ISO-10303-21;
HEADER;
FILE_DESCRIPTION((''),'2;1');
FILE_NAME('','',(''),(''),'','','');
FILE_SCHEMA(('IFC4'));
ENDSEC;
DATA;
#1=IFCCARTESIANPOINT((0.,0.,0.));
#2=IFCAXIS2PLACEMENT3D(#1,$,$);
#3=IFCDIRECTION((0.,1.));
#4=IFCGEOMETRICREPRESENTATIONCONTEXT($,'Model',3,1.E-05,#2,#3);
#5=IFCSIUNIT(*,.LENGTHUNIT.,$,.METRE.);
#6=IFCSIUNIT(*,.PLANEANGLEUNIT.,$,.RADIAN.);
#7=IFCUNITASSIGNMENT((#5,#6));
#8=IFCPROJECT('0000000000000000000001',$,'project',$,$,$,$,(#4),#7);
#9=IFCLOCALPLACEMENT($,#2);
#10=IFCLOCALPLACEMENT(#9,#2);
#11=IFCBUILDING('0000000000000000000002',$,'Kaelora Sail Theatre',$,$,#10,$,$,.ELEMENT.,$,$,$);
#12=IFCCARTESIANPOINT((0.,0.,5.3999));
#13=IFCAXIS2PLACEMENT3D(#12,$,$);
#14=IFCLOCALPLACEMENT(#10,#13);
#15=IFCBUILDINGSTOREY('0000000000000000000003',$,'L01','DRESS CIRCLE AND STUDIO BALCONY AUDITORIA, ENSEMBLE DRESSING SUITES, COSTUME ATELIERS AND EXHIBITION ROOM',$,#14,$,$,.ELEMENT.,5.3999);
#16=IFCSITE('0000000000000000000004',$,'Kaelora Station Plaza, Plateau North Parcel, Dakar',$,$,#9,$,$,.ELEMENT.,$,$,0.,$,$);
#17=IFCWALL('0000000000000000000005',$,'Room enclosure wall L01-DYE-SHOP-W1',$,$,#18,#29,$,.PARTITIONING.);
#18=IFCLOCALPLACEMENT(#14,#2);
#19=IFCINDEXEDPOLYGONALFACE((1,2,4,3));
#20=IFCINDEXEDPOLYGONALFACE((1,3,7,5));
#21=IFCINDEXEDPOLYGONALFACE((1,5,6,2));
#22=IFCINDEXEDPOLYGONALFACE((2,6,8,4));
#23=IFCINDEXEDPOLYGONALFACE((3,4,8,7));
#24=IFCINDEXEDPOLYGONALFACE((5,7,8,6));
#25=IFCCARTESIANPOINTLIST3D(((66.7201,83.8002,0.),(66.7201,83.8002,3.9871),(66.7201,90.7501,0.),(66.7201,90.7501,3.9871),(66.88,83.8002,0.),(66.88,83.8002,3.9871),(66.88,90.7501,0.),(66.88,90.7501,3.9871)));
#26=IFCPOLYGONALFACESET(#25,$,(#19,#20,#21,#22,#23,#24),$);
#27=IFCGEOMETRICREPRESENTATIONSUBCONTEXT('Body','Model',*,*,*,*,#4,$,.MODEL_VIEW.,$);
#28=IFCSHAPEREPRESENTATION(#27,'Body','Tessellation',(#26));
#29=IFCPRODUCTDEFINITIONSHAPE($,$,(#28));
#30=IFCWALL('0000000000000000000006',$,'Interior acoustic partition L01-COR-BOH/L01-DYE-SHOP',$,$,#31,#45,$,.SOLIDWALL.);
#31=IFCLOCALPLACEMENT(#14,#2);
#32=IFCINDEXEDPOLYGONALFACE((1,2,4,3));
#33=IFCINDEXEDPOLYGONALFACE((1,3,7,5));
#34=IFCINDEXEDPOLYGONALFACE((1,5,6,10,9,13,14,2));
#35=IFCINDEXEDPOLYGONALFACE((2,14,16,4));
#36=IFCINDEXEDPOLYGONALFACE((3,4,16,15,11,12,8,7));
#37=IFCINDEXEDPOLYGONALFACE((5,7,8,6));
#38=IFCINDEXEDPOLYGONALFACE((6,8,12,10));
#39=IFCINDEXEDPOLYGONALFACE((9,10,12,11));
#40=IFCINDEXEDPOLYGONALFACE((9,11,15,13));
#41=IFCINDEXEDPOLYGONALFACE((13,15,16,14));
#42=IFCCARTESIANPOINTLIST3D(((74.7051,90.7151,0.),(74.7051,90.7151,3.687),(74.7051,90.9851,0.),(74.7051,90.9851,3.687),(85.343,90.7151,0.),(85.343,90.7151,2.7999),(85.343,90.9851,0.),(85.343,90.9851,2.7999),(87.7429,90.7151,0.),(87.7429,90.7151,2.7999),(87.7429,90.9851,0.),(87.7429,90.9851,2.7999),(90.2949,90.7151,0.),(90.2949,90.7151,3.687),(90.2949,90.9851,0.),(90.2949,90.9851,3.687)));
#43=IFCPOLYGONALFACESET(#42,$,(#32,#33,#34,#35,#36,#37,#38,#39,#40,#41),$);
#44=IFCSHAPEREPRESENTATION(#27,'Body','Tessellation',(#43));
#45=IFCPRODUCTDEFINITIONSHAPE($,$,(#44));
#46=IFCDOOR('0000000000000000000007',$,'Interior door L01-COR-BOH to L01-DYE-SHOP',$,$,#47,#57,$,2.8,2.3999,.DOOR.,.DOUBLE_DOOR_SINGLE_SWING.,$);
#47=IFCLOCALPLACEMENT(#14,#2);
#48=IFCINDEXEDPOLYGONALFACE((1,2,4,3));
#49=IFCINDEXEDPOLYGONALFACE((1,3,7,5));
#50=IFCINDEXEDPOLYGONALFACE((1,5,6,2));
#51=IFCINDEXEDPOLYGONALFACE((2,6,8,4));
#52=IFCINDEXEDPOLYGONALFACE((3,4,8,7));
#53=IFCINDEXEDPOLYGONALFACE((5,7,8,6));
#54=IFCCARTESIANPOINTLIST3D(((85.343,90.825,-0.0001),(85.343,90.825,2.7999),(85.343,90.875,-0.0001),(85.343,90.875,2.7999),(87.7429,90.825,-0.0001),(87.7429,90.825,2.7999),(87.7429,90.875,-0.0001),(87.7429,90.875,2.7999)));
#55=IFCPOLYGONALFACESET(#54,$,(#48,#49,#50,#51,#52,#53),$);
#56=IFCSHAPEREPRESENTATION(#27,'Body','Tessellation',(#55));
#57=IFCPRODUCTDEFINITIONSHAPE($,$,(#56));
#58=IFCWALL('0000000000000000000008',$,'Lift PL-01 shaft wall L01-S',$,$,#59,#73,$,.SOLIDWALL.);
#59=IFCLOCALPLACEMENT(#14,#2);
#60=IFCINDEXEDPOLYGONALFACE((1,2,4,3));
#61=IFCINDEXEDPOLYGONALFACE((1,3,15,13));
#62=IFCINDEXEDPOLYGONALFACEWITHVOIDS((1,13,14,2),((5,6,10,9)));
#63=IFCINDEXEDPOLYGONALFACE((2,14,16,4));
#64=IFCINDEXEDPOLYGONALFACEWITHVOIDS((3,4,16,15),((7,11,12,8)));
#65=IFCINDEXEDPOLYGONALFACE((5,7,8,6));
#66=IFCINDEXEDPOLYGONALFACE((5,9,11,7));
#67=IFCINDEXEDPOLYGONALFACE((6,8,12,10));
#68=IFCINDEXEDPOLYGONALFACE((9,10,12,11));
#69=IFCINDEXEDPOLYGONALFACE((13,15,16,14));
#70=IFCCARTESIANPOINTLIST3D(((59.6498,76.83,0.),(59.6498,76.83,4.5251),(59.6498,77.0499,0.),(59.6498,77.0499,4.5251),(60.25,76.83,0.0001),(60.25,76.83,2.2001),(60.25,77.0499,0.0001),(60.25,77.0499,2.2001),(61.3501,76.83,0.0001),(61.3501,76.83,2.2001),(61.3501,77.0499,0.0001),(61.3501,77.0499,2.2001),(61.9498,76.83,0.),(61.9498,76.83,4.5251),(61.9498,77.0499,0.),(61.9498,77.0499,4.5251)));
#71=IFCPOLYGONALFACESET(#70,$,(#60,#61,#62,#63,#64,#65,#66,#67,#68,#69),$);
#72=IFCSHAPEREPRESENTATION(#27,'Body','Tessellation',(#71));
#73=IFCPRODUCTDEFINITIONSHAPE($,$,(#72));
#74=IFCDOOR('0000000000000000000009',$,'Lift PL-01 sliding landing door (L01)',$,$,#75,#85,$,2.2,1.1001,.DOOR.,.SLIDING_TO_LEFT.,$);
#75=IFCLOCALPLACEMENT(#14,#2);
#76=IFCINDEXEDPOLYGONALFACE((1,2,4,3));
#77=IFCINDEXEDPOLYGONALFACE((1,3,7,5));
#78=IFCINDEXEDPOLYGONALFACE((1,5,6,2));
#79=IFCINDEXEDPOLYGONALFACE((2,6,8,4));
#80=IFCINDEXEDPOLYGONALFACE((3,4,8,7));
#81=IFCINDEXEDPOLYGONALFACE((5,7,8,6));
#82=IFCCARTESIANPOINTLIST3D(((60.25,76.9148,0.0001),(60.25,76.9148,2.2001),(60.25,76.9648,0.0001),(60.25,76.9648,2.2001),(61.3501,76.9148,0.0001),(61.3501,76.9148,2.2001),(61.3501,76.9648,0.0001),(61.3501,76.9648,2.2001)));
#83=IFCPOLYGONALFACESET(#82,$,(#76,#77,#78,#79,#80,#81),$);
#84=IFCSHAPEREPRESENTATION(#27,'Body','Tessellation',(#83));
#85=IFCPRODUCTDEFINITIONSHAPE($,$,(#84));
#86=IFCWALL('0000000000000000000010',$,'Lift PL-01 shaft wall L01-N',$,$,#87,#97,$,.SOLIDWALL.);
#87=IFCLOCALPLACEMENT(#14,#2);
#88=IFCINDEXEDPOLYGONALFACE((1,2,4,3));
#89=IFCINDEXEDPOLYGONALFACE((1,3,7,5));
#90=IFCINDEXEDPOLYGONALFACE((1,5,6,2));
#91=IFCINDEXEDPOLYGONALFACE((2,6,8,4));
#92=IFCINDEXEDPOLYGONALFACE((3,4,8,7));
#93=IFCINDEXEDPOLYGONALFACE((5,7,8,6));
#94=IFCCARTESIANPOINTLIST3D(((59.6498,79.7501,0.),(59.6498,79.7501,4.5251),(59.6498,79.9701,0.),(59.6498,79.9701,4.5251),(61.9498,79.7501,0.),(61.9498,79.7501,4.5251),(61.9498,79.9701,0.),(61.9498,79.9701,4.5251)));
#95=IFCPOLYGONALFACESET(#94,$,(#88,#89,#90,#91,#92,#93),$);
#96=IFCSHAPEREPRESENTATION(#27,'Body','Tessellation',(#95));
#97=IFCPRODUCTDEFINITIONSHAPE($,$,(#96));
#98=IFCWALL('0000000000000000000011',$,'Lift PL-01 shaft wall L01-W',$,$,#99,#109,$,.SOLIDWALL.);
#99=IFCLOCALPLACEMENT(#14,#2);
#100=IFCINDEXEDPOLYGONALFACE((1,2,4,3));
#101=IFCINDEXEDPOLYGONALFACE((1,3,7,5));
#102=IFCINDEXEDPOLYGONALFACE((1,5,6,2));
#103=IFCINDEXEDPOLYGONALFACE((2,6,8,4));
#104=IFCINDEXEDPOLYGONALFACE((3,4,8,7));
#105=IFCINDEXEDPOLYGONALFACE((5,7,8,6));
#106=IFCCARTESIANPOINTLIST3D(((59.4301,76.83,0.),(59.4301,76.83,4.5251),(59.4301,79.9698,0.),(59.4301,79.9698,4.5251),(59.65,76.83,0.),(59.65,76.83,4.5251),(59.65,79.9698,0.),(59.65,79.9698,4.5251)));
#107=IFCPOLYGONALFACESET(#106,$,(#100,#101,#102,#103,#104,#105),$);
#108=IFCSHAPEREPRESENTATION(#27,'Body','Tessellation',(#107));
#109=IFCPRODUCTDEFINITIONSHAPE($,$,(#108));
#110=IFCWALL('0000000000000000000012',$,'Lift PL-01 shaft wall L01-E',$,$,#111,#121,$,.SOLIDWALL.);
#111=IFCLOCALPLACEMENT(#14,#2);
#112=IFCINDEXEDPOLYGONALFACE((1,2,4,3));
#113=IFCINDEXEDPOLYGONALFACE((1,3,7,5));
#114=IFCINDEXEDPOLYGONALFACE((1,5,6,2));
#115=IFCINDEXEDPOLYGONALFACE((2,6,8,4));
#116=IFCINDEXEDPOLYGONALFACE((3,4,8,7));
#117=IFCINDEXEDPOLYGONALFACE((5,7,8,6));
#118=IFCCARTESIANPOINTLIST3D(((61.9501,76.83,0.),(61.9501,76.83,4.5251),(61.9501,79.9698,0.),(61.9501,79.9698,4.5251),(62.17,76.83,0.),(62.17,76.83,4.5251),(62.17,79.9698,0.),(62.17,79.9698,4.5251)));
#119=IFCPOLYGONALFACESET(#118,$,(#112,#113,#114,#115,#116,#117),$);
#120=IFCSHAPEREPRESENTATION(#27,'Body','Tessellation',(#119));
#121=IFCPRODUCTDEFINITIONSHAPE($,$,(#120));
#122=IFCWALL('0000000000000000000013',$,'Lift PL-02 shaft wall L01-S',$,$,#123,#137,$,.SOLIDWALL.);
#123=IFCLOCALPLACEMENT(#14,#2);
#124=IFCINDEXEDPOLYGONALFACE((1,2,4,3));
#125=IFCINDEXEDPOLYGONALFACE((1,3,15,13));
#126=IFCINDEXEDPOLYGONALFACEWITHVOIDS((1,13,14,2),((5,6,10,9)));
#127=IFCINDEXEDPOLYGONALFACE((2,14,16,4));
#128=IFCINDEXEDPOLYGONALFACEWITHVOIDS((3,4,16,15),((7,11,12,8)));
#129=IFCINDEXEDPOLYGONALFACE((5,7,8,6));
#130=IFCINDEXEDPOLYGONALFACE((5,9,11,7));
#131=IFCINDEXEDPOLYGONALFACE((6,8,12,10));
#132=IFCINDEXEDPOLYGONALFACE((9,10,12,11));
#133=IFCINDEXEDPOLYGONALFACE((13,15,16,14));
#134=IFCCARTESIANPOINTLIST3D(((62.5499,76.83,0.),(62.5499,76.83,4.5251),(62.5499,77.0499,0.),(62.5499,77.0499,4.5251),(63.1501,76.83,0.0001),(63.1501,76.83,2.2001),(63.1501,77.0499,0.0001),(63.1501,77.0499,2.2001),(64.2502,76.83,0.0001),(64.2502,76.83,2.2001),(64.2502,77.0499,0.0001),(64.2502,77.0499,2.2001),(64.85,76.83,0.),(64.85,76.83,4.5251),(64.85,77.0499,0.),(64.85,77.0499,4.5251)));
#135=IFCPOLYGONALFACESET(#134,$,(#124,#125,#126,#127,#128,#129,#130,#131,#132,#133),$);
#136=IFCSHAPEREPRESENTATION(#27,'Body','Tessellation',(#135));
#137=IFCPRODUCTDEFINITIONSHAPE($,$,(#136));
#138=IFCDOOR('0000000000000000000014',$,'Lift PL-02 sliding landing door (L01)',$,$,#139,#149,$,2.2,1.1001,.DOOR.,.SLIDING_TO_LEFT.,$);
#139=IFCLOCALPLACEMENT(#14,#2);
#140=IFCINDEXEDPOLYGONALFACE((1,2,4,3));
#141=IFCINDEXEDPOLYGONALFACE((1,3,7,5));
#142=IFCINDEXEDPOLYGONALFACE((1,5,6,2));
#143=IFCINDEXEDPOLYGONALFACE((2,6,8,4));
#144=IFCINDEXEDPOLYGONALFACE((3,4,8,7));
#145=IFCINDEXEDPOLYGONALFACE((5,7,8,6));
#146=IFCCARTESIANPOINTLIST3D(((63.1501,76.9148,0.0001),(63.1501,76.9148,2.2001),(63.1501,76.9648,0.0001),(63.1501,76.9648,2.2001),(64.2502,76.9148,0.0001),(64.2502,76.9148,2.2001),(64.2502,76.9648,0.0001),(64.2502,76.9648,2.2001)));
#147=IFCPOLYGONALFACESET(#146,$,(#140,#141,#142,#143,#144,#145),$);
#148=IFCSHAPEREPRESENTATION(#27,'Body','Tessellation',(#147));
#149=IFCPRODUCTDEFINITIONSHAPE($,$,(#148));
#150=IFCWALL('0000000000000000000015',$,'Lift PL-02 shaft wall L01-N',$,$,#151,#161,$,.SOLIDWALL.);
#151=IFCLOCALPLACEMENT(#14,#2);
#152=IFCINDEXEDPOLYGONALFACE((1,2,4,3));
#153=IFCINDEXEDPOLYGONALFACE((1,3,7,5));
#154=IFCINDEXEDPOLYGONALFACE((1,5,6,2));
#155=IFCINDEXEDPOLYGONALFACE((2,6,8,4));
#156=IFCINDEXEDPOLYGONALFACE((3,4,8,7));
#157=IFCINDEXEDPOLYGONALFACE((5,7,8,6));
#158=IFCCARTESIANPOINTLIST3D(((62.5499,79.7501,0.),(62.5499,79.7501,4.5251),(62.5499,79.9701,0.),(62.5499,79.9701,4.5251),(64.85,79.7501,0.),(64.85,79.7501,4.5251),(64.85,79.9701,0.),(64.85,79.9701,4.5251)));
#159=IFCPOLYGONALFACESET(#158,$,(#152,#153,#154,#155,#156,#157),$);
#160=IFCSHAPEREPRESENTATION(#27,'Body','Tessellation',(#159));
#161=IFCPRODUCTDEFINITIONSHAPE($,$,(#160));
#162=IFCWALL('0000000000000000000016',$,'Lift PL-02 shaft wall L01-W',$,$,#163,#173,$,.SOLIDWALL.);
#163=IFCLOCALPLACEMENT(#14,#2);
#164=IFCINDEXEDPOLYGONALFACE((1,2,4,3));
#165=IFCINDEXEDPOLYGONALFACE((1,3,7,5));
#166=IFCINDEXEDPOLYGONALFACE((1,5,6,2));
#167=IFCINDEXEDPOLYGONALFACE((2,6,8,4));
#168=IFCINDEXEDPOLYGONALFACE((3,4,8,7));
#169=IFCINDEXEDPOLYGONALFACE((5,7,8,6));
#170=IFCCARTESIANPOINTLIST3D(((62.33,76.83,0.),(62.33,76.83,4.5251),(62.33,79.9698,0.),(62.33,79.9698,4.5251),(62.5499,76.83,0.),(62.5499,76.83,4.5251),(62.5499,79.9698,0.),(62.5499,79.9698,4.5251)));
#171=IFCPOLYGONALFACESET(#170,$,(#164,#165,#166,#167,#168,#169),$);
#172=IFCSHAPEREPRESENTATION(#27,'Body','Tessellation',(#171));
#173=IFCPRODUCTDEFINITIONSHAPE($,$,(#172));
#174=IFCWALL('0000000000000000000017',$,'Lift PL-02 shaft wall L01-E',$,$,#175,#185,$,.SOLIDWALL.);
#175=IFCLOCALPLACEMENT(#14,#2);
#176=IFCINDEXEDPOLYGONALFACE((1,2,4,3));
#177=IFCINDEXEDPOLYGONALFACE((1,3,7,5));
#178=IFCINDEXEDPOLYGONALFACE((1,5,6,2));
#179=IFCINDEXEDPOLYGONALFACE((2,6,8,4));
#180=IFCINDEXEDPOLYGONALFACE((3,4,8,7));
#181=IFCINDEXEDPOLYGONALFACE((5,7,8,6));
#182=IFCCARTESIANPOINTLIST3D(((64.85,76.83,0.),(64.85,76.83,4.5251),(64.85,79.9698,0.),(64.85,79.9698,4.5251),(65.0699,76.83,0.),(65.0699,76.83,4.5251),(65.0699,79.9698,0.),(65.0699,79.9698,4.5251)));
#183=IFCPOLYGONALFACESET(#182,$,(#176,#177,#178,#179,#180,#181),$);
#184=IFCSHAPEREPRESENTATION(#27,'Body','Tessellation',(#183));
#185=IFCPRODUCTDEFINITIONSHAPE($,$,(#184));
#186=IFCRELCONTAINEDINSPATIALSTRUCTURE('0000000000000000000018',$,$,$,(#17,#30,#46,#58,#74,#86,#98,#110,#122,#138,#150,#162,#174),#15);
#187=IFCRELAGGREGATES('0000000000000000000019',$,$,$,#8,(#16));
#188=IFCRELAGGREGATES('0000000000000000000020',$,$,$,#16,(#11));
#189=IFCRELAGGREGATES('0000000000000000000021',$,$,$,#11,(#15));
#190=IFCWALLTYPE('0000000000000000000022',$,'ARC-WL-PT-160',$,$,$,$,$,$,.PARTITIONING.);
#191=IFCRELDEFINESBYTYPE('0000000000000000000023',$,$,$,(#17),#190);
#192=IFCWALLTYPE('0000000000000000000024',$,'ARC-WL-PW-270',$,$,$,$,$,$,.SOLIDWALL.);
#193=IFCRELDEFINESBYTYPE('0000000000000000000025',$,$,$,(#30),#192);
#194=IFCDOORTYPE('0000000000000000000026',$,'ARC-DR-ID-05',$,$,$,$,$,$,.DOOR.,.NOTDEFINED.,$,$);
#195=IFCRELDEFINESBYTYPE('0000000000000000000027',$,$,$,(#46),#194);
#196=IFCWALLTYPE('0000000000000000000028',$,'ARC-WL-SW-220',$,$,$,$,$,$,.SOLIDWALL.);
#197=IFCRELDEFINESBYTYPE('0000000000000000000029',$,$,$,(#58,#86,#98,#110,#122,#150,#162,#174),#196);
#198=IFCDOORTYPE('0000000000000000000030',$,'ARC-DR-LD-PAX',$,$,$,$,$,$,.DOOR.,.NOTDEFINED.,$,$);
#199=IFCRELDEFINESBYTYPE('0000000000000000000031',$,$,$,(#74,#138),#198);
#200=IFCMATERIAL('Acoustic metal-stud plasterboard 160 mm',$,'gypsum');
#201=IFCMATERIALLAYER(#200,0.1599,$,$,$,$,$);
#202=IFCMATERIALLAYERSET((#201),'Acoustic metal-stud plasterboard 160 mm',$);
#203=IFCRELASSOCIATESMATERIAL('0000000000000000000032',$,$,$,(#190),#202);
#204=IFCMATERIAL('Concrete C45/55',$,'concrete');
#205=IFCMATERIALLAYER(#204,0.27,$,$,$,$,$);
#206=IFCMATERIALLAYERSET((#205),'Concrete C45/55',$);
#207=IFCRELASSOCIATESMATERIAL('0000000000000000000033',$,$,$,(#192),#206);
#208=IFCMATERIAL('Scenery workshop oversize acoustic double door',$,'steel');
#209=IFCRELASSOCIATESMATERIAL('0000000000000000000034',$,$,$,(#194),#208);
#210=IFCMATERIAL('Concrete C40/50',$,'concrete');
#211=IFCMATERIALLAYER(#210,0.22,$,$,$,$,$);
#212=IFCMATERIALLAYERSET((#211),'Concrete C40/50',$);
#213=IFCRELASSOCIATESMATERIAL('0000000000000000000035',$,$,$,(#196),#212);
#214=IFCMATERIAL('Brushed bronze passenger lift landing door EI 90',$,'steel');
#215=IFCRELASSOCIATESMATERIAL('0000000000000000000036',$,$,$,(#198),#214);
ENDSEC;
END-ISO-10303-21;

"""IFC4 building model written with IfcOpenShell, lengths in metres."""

from ifc_helpers import new_model, si_unit, direction, frame, frame_2d, origin, place, context, subcontext, project, spatial, rectangle, extrude, material, layer, layer_set, type_object, element, fill, save


model = new_model("IFC4")

# Units and contexts
model_context = context("Model", 3, precision=1e-05, world=origin(), true_north=direction((0.0, 1.0)))
body_context = subcontext(model_context, "Body", "Model", "MODEL_VIEW")
ifc_project = project(units=[si_unit("LENGTHUNIT", "METRE"), si_unit("PLANEANGLEUNIT", "RADIAN")], contexts=[model_context])

# Site, building, storey
site_placement = place(None, origin())
site = spatial("IfcSite", under=ifc_project, at=site_placement, Name="Kaelora Station Plaza, Plateau North Parcel, Dakar", CompositionType="ELEMENT", RefElevation=0.0)
building_placement = place(site_placement, origin())
building = spatial("IfcBuilding", under=site, at=building_placement, Name="Kaelora Sail Theatre", CompositionType="ELEMENT")
storey_placement = place(building_placement, frame((0.0, 0.0, 5.3999)))
storey = spatial("IfcBuildingStorey", under=building, at=storey_placement, Name="L01", Description="DRESS CIRCLE AND STUDIO BALCONY AUDITORIA, ENSEMBLE DRESSING SUITES, COSTUME ATELIERS AND EXHIBITION ROOM", CompositionType="ELEMENT", Elevation=5.3999)

# Wall
ifc_material_1 = material(Name="Acoustic metal-stud plasterboard 160 mm", Category="gypsum")
ifc_layer_1 = layer(ifc_material_1, 0.1599)
ifc_layer_set_1 = layer_set([ifc_layer_1], Name="Acoustic metal-stud plasterboard 160 mm")
wall_type_1 = type_object("IfcWallType", Name="ARC-WL-PT-160", PredefinedType="PARTITIONING", material=ifc_layer_set_1)
wall_1_placement = place(storey_placement, frame((66.8, 83.8, 0.0), z_axis=(0.0, 0.0, 1.0), x_axis=(0.0, 1.0, 0.0)))
element("IfcWall", 1, at=wall_1_placement, inside=storey, type_object=wall_type_1, Name="Room enclosure wall L01-DYE-SHOP-W1", PredefinedType="PARTITIONING", context=body_context, shape_type="SweptSolid", body=[
    extrude(rectangle(XDim=6.95, YDim=0.1599, at=frame_2d((3.4751, 0.0))), origin(), (0.0, 0.0, 1.0), 3.9871),
])

# Walls, openings, doors
ifc_material_2 = material(Name="Concrete C45/55", Category="concrete")
ifc_layer_2 = layer(ifc_material_2, 0.27)
ifc_layer_set_2 = layer_set([ifc_layer_2], Name="Concrete C45/55")
wall_type_2 = type_object("IfcWallType", Name="ARC-WL-PW-270", PredefinedType="SOLIDWALL", material=ifc_layer_set_2)
wall_2_placement = place(storey_placement, frame((74.7051, 90.8501, 0.0), z_axis=(0.0, 0.0, 1.0), x_axis=(1.0, 0.0, 0.0)))
wall_2 = element("IfcWall", 2, at=wall_2_placement, inside=storey, type_object=wall_type_2, Name="Interior acoustic partition L01-COR-BOH/L01-DYE-SHOP", PredefinedType="SOLIDWALL", context=body_context, shape_type="SweptSolid", body=[
    extrude(rectangle(XDim=15.5898, YDim=0.27, at=frame_2d((7.7949, 0.0))), origin(), (0.0, 0.0, 1.0), 3.687),
])
opening_1_placement = place(wall_2_placement, frame((10.6379, 0.0, 0.0)))
opening_1 = element("IfcOpeningElement", 3, at=opening_1_placement, cuts=wall_2, PredefinedType="OPENING", context=body_context, shape_type="SweptSolid", body=[
    extrude(rectangle(XDim=2.3999, YDim=2.8, at=frame_2d((1.2, 1.3999))), frame((0.0, 0.145, 0.0), z_axis=(0.0, -1.0, 0.0), x_axis=(1.0, 0.0, 0.0)), (0.0, 0.0, 1.0), 0.29),
])
ifc_material_3 = material(Name="Scenery workshop oversize acoustic double door", Category="steel")
door_type_1 = type_object("IfcDoorType", Name="ARC-DR-ID-05", OperationType="NOTDEFINED", PredefinedType="DOOR", material=ifc_material_3)
door_1_placement = place(opening_1_placement, origin())
door_1 = element("IfcDoor", 4, at=door_1_placement, inside=storey, type_object=door_type_1, Name="Interior door L01-COR-BOH to L01-DYE-SHOP", OperationType="DOUBLE_DOOR_SINGLE_SWING", OverallHeight=2.8, OverallWidth=2.3999, PredefinedType="DOOR", context=body_context, shape_type="SweptSolid", body=[
    extrude(rectangle(XDim=2.3999, YDim=2.8, at=frame_2d((1.2, 1.3999))), frame((0.0, 0.0249, 0.0), z_axis=(0.0, -1.0, 0.0), x_axis=(1.0, 0.0, 0.0)), (0.0, 0.0, 1.0), 0.05),
])
fill(opening_1, door_1)
ifc_material_4 = material(Name="Concrete C40/50", Category="concrete")
ifc_layer_3 = layer(ifc_material_4, 0.22)
ifc_layer_set_3 = layer_set([ifc_layer_3], Name="Concrete C40/50")
wall_type_3 = type_object("IfcWallType", Name="ARC-WL-SW-220", PredefinedType="SOLIDWALL", material=ifc_layer_set_3)
wall_3_placement = place(storey_placement, frame((59.6499, 76.9399, 0.0), z_axis=(0.0, 0.0, 1.0), x_axis=(1.0, 0.0, 0.0)))
wall_3 = element("IfcWall", 5, at=wall_3_placement, inside=storey, type_object=wall_type_3, Name="Lift PL-01 shaft wall L01-S", PredefinedType="SOLIDWALL", context=body_context, shape_type="SweptSolid", body=[
    extrude(rectangle(XDim=2.3, YDim=0.22, at=frame_2d((1.1499, 0.0))), origin(), (0.0, 0.0, 1.0), 4.5251),
])
opening_2_placement = place(wall_3_placement, frame((0.6001, 0.0, 0.0)))
opening_2 = element("IfcOpeningElement", 6, at=opening_2_placement, cuts=wall_3, PredefinedType="OPENING", context=body_context, shape_type="SweptSolid", body=[
    extrude(rectangle(XDim=1.1001, YDim=2.2, at=frame_2d((0.55, 1.1001))), frame((0.0, 0.1199, 0.0), z_axis=(0.0, -1.0, 0.0), x_axis=(1.0, 0.0, 0.0)), (0.0, 0.0, 1.0), 0.24),
])
ifc_material_5 = material(Name="Brushed bronze passenger lift landing door EI 90", Category="steel")
door_type_2 = type_object("IfcDoorType", Name="ARC-DR-LD-PAX", OperationType="NOTDEFINED", PredefinedType="DOOR", material=ifc_material_5)
door_2_placement = place(opening_2_placement, origin())
door_2 = element("IfcDoor", 7, at=door_2_placement, inside=storey, type_object=door_type_2, Name="Lift PL-01 sliding landing door (L01)", OperationType="SLIDING_TO_LEFT", OverallHeight=2.2, OverallWidth=1.1001, PredefinedType="DOOR", context=body_context, shape_type="SweptSolid", body=[
    extrude(rectangle(XDim=1.1001, YDim=2.2, at=frame_2d((0.55, 1.1001))), frame((0.0, 0.0249, 0.0), z_axis=(0.0, -1.0, 0.0), x_axis=(1.0, 0.0, 0.0)), (0.0, 0.0, 1.0), 0.05),
])
fill(opening_2, door_2)

# Walls
wall_4_placement = place(storey_placement, frame((59.6499, 79.8601, 0.0), z_axis=(0.0, 0.0, 1.0), x_axis=(1.0, 0.0, 0.0)))
element("IfcWall", 8, at=wall_4_placement, inside=storey, type_object=wall_type_3, Name="Lift PL-01 shaft wall L01-N", PredefinedType="SOLIDWALL", context=body_context, shape_type="SweptSolid", body=[
    extrude(rectangle(XDim=2.3, YDim=0.22, at=frame_2d((1.1499, 0.0))), origin(), (0.0, 0.0, 1.0), 4.5251),
])
for number, where, z_axis, x_axis, name in (
    (9, (59.54, 76.8301, 0.0), (0.0, 0.0, 1.0), (0.0, 1.0, 0.0), "Lift PL-01 shaft wall L01-W"),
    (10, (62.0601, 76.8301, 0.0), (0.0, 0.0, 1.0), (0.0, 1.0, 0.0), "Lift PL-01 shaft wall L01-E"),
):
    element("IfcWall", number, at=place(storey_placement, frame(where, z_axis=z_axis, x_axis=x_axis)), inside=storey, type_object=wall_type_3, Name=name, PredefinedType="SOLIDWALL", context=body_context, shape_type="SweptSolid", body=[
        extrude(rectangle(XDim=3.1399, YDim=0.22, at=frame_2d((1.5698, 0.0))), origin(), (0.0, 0.0, 1.0), 4.5251),
    ])

# Wall, opening, door
wall_5_placement = place(storey_placement, frame((62.55, 76.9399, 0.0), z_axis=(0.0, 0.0, 1.0), x_axis=(1.0, 0.0, 0.0)))
wall_5 = element("IfcWall", 11, at=wall_5_placement, inside=storey, type_object=wall_type_3, Name="Lift PL-02 shaft wall L01-S", PredefinedType="SOLIDWALL", context=body_context, shape_type="SweptSolid", body=[
    extrude(rectangle(XDim=2.3, YDim=0.22, at=frame_2d((1.1499, 0.0))), origin(), (0.0, 0.0, 1.0), 4.5251),
])
opening_3_placement = place(wall_5_placement, frame((0.6001, 0.0, 0.0)))
opening_3 = element("IfcOpeningElement", 12, at=opening_3_placement, cuts=wall_5, PredefinedType="OPENING", context=body_context, shape_type="SweptSolid", body=[
    extrude(rectangle(XDim=1.1001, YDim=2.2, at=frame_2d((0.55, 1.1001))), frame((0.0, 0.1199, 0.0), z_axis=(0.0, -1.0, 0.0), x_axis=(1.0, 0.0, 0.0)), (0.0, 0.0, 1.0), 0.24),
])
door_3_placement = place(opening_3_placement, origin())
door_3 = element("IfcDoor", 13, at=door_3_placement, inside=storey, type_object=door_type_2, Name="Lift PL-02 sliding landing door (L01)", OperationType="SLIDING_TO_LEFT", OverallHeight=2.2, OverallWidth=1.1001, PredefinedType="DOOR", context=body_context, shape_type="SweptSolid", body=[
    extrude(rectangle(XDim=1.1001, YDim=2.2, at=frame_2d((0.55, 1.1001))), frame((0.0, 0.0249, 0.0), z_axis=(0.0, -1.0, 0.0), x_axis=(1.0, 0.0, 0.0)), (0.0, 0.0, 1.0), 0.05),
])
fill(opening_3, door_3)

# Walls
wall_6_placement = place(storey_placement, frame((62.55, 79.8601, 0.0), z_axis=(0.0, 0.0, 1.0), x_axis=(1.0, 0.0, 0.0)))
element("IfcWall", 14, at=wall_6_placement, inside=storey, type_object=wall_type_3, Name="Lift PL-02 shaft wall L01-N", PredefinedType="SOLIDWALL", context=body_context, shape_type="SweptSolid", body=[
    extrude(rectangle(XDim=2.3, YDim=0.22, at=frame_2d((1.1499, 0.0))), origin(), (0.0, 0.0, 1.0), 4.5251),
])
for number, where, z_axis, x_axis, name in (
    (15, (62.4399, 76.8301, 0.0), (0.0, 0.0, 1.0), (0.0, 1.0, 0.0), "Lift PL-02 shaft wall L01-W"),
    (16, (64.96, 76.8301, 0.0), (0.0, 0.0, 1.0), (0.0, 1.0, 0.0), "Lift PL-02 shaft wall L01-E"),
):
    element("IfcWall", number, at=place(storey_placement, frame(where, z_axis=z_axis, x_axis=x_axis)), inside=storey, type_object=wall_type_3, Name=name, PredefinedType="SOLIDWALL", context=body_context, shape_type="SweptSolid", body=[
        extrude(rectangle(XDim=3.1399, YDim=0.22, at=frame_2d((1.5698, 0.0))), origin(), (0.0, 0.0, 1.0), 4.5251),
    ])

save(model, "model.ifc")
